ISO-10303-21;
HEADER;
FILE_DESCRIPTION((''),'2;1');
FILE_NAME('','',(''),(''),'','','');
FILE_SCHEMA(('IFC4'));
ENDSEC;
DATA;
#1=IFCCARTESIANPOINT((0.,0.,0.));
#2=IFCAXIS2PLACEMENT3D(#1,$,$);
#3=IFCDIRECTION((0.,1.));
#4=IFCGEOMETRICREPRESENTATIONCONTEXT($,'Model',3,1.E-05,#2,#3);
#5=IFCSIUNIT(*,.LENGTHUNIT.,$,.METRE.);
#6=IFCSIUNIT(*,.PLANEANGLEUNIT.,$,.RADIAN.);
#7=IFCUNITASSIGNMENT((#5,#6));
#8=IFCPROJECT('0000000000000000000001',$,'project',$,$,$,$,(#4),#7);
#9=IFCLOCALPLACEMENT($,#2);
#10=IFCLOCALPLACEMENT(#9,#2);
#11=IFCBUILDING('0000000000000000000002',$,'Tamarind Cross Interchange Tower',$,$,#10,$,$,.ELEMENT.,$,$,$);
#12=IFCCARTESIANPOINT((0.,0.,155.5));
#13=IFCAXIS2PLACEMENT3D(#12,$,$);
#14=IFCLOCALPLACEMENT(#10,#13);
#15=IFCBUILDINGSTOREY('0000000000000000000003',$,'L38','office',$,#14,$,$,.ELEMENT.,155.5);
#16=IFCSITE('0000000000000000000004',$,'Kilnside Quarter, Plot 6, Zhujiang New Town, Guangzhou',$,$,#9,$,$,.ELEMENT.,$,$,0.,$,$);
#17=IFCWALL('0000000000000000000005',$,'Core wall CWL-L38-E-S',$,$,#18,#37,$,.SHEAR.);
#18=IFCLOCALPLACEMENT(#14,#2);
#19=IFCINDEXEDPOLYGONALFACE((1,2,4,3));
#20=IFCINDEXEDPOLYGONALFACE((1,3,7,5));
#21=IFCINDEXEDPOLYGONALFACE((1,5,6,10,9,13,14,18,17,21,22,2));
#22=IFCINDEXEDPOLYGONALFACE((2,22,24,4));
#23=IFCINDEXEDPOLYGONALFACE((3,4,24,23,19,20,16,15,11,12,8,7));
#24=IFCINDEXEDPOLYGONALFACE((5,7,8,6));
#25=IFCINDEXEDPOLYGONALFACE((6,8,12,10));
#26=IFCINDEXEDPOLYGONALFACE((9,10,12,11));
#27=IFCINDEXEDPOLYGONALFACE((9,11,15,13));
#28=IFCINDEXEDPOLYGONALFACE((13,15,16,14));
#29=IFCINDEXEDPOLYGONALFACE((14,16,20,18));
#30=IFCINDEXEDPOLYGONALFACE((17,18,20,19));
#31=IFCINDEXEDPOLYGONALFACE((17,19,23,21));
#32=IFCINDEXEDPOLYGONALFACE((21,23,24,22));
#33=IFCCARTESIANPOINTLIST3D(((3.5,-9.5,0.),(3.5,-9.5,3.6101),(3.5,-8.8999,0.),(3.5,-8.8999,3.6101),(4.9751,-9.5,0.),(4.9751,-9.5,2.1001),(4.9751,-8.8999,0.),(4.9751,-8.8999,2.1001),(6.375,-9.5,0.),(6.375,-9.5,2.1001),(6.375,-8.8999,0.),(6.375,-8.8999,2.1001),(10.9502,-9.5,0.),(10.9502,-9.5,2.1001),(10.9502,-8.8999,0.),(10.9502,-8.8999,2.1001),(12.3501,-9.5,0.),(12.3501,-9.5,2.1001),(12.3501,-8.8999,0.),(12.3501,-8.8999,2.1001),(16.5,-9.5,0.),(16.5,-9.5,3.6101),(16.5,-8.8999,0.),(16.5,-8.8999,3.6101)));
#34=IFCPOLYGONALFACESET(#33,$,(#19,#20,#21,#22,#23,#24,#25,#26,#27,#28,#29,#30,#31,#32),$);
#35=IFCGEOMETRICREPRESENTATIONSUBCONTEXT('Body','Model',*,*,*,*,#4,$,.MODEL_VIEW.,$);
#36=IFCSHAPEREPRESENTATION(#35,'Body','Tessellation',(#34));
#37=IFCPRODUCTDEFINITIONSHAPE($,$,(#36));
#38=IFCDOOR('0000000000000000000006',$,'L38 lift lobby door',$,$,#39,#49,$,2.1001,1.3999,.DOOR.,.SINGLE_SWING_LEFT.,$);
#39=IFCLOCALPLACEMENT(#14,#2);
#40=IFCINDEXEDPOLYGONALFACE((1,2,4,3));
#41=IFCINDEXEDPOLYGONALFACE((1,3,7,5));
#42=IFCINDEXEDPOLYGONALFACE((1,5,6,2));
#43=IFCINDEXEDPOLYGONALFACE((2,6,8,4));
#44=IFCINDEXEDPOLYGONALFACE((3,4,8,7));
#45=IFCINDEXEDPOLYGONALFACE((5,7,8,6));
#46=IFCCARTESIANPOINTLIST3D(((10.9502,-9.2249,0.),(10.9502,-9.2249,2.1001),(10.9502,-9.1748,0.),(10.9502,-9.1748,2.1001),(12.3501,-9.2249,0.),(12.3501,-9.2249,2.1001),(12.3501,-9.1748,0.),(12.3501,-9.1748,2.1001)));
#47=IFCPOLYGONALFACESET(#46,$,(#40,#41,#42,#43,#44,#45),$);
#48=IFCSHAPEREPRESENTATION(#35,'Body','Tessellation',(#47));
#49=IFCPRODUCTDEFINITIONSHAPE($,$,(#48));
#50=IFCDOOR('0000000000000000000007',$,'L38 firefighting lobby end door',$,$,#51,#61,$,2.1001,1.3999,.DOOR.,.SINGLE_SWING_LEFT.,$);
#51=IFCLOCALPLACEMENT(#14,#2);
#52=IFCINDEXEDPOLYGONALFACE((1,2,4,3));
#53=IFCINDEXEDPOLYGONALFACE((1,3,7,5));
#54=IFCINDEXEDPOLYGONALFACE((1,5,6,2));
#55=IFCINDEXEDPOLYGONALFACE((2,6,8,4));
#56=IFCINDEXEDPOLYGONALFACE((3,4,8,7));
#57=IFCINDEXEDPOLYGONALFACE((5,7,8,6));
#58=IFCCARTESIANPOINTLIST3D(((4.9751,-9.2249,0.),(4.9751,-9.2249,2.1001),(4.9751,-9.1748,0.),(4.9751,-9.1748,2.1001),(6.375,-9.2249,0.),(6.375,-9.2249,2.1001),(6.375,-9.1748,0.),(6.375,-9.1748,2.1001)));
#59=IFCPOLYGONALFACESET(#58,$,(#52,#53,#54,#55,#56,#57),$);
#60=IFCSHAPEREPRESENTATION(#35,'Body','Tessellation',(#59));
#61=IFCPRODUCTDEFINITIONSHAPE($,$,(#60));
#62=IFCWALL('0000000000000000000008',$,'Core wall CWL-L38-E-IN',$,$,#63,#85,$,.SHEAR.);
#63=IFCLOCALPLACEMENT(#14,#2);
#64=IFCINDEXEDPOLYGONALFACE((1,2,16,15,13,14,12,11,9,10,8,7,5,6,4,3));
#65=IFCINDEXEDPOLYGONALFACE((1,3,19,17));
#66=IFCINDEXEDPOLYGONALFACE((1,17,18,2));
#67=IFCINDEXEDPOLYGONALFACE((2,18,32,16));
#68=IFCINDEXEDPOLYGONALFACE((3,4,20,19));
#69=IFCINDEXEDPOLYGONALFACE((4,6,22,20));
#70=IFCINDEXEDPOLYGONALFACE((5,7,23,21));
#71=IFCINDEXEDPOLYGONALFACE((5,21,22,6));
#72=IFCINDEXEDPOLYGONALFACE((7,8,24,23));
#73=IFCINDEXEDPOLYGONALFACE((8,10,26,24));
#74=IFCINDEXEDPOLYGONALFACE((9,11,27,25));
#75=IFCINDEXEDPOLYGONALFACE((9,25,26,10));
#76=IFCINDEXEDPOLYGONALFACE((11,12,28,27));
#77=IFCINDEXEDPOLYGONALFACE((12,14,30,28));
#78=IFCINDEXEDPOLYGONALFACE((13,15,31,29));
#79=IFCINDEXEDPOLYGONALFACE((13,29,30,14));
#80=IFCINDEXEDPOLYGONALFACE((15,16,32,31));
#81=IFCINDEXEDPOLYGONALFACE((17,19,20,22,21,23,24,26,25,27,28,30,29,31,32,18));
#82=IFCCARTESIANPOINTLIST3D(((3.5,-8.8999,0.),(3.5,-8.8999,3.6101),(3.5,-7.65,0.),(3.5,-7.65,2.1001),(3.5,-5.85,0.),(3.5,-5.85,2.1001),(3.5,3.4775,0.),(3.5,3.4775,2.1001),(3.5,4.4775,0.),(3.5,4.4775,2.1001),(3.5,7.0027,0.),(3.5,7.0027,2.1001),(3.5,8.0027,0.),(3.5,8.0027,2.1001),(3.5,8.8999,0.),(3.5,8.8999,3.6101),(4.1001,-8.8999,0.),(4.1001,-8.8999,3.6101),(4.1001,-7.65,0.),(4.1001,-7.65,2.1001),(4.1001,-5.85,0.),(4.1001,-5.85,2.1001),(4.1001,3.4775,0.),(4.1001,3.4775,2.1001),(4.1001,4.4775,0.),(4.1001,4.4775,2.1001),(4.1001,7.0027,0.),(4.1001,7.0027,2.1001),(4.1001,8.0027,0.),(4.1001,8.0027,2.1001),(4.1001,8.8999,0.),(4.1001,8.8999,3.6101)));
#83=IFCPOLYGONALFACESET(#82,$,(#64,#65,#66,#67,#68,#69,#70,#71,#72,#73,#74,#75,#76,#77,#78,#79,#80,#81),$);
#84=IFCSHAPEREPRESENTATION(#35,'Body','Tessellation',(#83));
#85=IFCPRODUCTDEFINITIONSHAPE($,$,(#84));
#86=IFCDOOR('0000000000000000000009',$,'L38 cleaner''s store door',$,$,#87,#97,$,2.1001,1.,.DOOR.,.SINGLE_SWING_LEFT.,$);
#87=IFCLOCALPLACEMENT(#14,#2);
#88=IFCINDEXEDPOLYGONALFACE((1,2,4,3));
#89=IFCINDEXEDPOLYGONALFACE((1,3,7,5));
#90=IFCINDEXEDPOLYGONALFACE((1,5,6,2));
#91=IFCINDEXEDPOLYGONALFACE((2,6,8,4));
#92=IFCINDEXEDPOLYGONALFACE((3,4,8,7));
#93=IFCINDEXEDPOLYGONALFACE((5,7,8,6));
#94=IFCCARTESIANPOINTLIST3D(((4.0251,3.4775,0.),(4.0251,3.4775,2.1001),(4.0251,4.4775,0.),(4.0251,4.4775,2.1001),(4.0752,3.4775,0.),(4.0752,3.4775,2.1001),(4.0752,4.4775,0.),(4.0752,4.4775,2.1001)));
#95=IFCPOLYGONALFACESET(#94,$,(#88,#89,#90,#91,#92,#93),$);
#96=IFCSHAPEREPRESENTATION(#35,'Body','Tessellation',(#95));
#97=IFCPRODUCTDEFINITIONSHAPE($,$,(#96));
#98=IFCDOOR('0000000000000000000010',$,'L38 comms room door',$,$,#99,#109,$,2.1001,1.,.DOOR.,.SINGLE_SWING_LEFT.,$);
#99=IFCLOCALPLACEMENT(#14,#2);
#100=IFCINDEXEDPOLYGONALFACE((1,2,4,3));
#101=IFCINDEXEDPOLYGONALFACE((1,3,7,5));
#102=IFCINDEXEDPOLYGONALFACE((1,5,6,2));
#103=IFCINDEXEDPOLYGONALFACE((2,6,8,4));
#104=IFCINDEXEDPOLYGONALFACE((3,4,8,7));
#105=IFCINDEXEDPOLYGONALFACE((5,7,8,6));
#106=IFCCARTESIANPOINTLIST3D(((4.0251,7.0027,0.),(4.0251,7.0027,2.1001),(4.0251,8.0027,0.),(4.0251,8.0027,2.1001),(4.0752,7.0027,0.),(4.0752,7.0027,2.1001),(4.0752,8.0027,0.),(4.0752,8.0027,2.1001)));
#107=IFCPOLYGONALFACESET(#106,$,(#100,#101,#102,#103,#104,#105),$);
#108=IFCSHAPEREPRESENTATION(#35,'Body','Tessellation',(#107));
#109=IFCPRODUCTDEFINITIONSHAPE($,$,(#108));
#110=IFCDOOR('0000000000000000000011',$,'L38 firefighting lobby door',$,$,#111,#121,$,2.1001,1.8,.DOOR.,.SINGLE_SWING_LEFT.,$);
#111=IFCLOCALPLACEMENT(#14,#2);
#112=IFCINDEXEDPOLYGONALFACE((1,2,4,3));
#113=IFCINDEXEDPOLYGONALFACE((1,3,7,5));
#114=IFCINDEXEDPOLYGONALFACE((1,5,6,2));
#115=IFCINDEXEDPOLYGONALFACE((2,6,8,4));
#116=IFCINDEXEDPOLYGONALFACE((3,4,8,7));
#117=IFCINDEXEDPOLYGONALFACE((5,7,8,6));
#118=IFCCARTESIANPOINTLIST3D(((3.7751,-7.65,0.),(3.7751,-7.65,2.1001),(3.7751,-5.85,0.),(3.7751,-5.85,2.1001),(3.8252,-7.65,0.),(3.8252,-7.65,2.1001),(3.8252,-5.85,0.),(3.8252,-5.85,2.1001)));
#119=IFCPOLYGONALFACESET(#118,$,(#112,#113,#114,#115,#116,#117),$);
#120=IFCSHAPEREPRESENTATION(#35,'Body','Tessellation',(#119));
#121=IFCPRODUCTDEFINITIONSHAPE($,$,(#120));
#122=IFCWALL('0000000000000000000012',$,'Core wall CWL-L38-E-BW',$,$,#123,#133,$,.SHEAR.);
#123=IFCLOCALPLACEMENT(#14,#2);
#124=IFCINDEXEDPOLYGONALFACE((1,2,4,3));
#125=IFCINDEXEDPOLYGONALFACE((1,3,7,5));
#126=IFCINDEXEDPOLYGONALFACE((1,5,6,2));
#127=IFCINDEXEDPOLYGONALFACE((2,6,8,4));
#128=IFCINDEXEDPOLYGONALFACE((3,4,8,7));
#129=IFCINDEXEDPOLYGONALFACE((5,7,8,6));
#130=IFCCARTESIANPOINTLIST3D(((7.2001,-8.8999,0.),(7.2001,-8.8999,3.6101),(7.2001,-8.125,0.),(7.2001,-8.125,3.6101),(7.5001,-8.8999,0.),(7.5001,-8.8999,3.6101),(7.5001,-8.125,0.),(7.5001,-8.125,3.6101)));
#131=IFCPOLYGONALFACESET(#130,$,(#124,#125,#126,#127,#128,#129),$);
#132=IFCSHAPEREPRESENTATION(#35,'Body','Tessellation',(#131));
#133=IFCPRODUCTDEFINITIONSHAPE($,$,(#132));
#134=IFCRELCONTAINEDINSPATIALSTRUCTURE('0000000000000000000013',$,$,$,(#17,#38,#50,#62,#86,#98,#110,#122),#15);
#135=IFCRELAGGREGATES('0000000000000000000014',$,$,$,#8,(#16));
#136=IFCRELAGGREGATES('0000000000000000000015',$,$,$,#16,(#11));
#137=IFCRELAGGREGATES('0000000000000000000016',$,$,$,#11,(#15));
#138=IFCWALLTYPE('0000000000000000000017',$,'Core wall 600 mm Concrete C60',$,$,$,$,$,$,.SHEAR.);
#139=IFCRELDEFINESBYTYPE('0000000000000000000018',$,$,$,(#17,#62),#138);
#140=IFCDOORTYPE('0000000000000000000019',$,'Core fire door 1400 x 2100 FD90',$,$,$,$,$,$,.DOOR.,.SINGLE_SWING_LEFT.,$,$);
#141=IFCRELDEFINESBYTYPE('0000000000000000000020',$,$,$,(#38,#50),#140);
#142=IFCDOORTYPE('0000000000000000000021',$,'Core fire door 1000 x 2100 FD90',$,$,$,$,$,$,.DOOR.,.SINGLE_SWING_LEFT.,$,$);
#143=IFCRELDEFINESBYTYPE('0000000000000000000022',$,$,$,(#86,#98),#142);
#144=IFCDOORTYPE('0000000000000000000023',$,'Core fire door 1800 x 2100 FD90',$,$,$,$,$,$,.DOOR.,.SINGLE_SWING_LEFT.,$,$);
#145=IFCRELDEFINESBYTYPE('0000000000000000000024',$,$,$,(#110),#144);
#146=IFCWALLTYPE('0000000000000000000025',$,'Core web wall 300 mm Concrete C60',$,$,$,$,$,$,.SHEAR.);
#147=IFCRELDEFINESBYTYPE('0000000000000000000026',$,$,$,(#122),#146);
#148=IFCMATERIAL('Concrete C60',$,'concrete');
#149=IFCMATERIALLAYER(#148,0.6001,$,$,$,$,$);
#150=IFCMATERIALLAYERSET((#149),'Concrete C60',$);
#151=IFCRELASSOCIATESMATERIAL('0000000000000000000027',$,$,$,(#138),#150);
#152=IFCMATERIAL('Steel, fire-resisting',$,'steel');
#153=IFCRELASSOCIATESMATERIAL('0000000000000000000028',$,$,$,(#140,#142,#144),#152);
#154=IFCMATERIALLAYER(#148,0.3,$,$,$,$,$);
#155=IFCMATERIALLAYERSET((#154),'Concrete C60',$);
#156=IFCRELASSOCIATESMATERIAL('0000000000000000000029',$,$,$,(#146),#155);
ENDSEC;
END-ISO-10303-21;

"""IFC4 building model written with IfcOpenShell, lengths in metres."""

from ifc_helpers import new_model, si_unit, direction, frame, frame_2d, origin, place, context, subcontext, project, spatial, rectangle, extrude, material, layer, layer_set, type_object, element, fill, save


model = new_model("IFC4")

# Units and contexts
model_context = context("Model", 3, precision=1e-05, world=origin(), true_north=direction((0.0, 1.0)))
body_context = subcontext(model_context, "Body", "Model", "MODEL_VIEW")
ifc_project = project(units=[si_unit("LENGTHUNIT", "METRE"), si_unit("PLANEANGLEUNIT", "RADIAN")], contexts=[model_context])

# Site, building, storey
site_placement = place(None, origin())
site = spatial("IfcSite", under=ifc_project, at=site_placement, Name="Kilnside Quarter, Plot 6, Zhujiang New Town, Guangzhou", CompositionType="ELEMENT", RefElevation=0.0)
building_placement = place(site_placement, origin())
building = spatial("IfcBuilding", under=site, at=building_placement, Name="Tamarind Cross Interchange Tower", CompositionType="ELEMENT")
storey_placement = place(building_placement, frame((0.0, 0.0, 155.5)))
storey = spatial("IfcBuildingStorey", under=building, at=storey_placement, Name="L38", Description="office", CompositionType="ELEMENT", Elevation=155.5)

# Walls, openings, doors
ifc_material_1 = material(Name="Concrete C60", Category="concrete")
ifc_layer_1 = layer(ifc_material_1, 0.6001)
ifc_layer_set_1 = layer_set([ifc_layer_1], Name="Concrete C60")
wall_type_1 = type_object("IfcWallType", Name="Core wall 600 mm Concrete C60", PredefinedType="SHEAR", material=ifc_layer_set_1)
wall_1_placement = place(storey_placement, frame((16.5, -9.2, 0.0), z_axis=(0.0, 0.0, 1.0), x_axis=(-1.0, 0.0, 0.0)))
wall_1 = element("IfcWall", 1, at=wall_1_placement, inside=storey, type_object=wall_type_1, Name="Core wall CWL-L38-E-S", PredefinedType="SHEAR", context=body_context, shape_type="SweptSolid", body=[
    extrude(rectangle(XDim=13.0, YDim=0.6001, at=frame_2d((6.5, 0.0))), origin(), (0.0, 0.0, 1.0), 3.6101),
])
opening_1_placement = place(wall_1_placement, frame((4.1499, 0.0, 0.0)))
opening_1 = element("IfcOpeningElement", 2, at=opening_1_placement, cuts=wall_1, PredefinedType="OPENING", context=body_context, shape_type="SweptSolid", body=[
    extrude(rectangle(XDim=1.3999, YDim=2.1001, at=frame_2d((0.7, 1.05))), frame((0.0, 0.3101, 0.0), z_axis=(0.0, -1.0, 0.0), x_axis=(1.0, 0.0, 0.0)), (0.0, 0.0, 1.0), 0.6201),
])
opening_2_placement = place(wall_1_placement, frame((10.125, 0.0, 0.0)))
opening_2 = element("IfcOpeningElement", 3, at=opening_2_placement, cuts=wall_1, PredefinedType="OPENING", context=body_context, shape_type="SweptSolid", body=[
    extrude(rectangle(XDim=1.3999, YDim=2.1001, at=frame_2d((0.7, 1.05))), frame((0.0, 0.3101, 0.0), z_axis=(0.0, -1.0, 0.0), x_axis=(1.0, 0.0, 0.0)), (0.0, 0.0, 1.0), 0.6201),
])
ifc_material_2 = material(Name="Steel, fire-resisting", Category="steel")
door_type_1 = type_object("IfcDoorType", Name="Core fire door 1400 x 2100 FD90", OperationType="SINGLE_SWING_LEFT", PredefinedType="DOOR", material=ifc_material_2)
door_1_placement = place(opening_1_placement, origin())
door_1 = element("IfcDoor", 4, at=door_1_placement, inside=storey, type_object=door_type_1, Name="L38 lift lobby door", OperationType="SINGLE_SWING_LEFT", OverallHeight=2.1001, OverallWidth=1.3999, PredefinedType="DOOR", context=body_context, shape_type="SweptSolid", body=[
    extrude(rectangle(XDim=1.3999, YDim=2.1001, at=frame_2d((0.7, 1.05))), frame((0.0, 0.0249, 0.0), z_axis=(0.0, -1.0, 0.0), x_axis=(1.0, 0.0, 0.0)), (0.0, 0.0, 1.0), 0.05),
])
fill(opening_1, door_1)
door_2_placement = place(opening_2_placement, origin())
door_2 = element("IfcDoor", 5, at=door_2_placement, inside=storey, type_object=door_type_1, Name="L38 firefighting lobby end door", OperationType="SINGLE_SWING_LEFT", OverallHeight=2.1001, OverallWidth=1.3999, PredefinedType="DOOR", context=body_context, shape_type="SweptSolid", body=[
    extrude(rectangle(XDim=1.3999, YDim=2.1001, at=frame_2d((0.7, 1.05))), frame((0.0, 0.0249, 0.0), z_axis=(0.0, -1.0, 0.0), x_axis=(1.0, 0.0, 0.0)), (0.0, 0.0, 1.0), 0.05),
])
fill(opening_2, door_2)
wall_2_placement = place(storey_placement, frame((3.8, -8.8999, 0.0), z_axis=(0.0, 0.0, 1.0), x_axis=(0.0, 1.0, 0.0)))
wall_2 = element("IfcWall", 6, at=wall_2_placement, inside=storey, type_object=wall_type_1, Name="Core wall CWL-L38-E-IN", PredefinedType="SHEAR", context=body_context, shape_type="SweptSolid", body=[
    extrude(rectangle(XDim=17.7998, YDim=0.6001, at=frame_2d((8.8999, 0.0))), origin(), (0.0, 0.0, 1.0), 3.6101),
])
opening_3_placement = place(wall_2_placement, frame((1.25, 0.0, 0.0)))
opening_3 = element("IfcOpeningElement", 7, at=opening_3_placement, cuts=wall_2, PredefinedType="OPENING", context=body_context, shape_type="SweptSolid", body=[
    extrude(rectangle(XDim=1.8, YDim=2.1001, at=frame_2d((0.8999, 1.05))), frame((0.0, 0.3101, 0.0), z_axis=(0.0, -1.0, 0.0), x_axis=(1.0, 0.0, 0.0)), (0.0, 0.0, 1.0), 0.6201),
])
opening_4_placement = place(wall_2_placement, frame((12.3774, 0.0, 0.0)))
opening_4 = element("IfcOpeningElement", 8, at=opening_4_placement, cuts=wall_2, PredefinedType="OPENING", context=body_context, shape_type="SweptSolid", body=[
    extrude(rectangle(XDim=1.0, YDim=2.1001, at=frame_2d((0.5, 1.05))), frame((0.0, 0.3101, 0.0), z_axis=(0.0, -1.0, 0.0), x_axis=(1.0, 0.0, 0.0)), (0.0, 0.0, 1.0), 0.6201),
])
opening_5_placement = place(wall_2_placement, frame((15.9026, 0.0, 0.0)))
opening_5 = element("IfcOpeningElement", 9, at=opening_5_placement, cuts=wall_2, PredefinedType="OPENING", context=body_context, shape_type="SweptSolid", body=[
    extrude(rectangle(XDim=1.0, YDim=2.1001, at=frame_2d((0.5, 1.05))), frame((0.0, 0.3101, 0.0), z_axis=(0.0, -1.0, 0.0), x_axis=(1.0, 0.0, 0.0)), (0.0, 0.0, 1.0), 0.6201),
])
door_type_2 = type_object("IfcDoorType", Name="Core fire door 1000 x 2100 FD90", OperationType="SINGLE_SWING_LEFT", PredefinedType="DOOR", material=ifc_material_2)
door_3_placement = place(opening_4_placement, origin())
door_3 = element("IfcDoor", 10, at=door_3_placement, inside=storey, type_object=door_type_2, Name="L38 cleaner's store door", OperationType="SINGLE_SWING_LEFT", OverallHeight=2.1001, OverallWidth=1.0, PredefinedType="DOOR", context=body_context, shape_type="SweptSolid", body=[
    extrude(rectangle(XDim=1.0, YDim=2.1001, at=frame_2d((0.5, 1.05))), frame((0.0, -0.2251, 0.0), z_axis=(0.0, -1.0, 0.0), x_axis=(1.0, 0.0, 0.0)), (0.0, 0.0, 1.0), 0.05),
])
fill(opening_4, door_3)
door_4_placement = place(opening_5_placement, origin())
door_4 = element("IfcDoor", 11, at=door_4_placement, inside=storey, type_object=door_type_2, Name="L38 comms room door", OperationType="SINGLE_SWING_LEFT", OverallHeight=2.1001, OverallWidth=1.0, PredefinedType="DOOR", context=body_context, shape_type="SweptSolid", body=[
    extrude(rectangle(XDim=1.0, YDim=2.1001, at=frame_2d((0.5, 1.05))), frame((0.0, -0.2251, 0.0), z_axis=(0.0, -1.0, 0.0), x_axis=(1.0, 0.0, 0.0)), (0.0, 0.0, 1.0), 0.05),
])
fill(opening_5, door_4)
door_type_3 = type_object("IfcDoorType", Name="Core fire door 1800 x 2100 FD90", OperationType="SINGLE_SWING_LEFT", PredefinedType="DOOR", material=ifc_material_2)
door_5_placement = place(opening_3_placement, origin())
door_5 = element("IfcDoor", 12, at=door_5_placement, inside=storey, type_object=door_type_3, Name="L38 firefighting lobby door", OperationType="SINGLE_SWING_LEFT", OverallHeight=2.1001, OverallWidth=1.8, PredefinedType="DOOR", context=body_context, shape_type="SweptSolid", body=[
    extrude(rectangle(XDim=1.8, YDim=2.1001, at=frame_2d((0.8999, 1.05))), frame((0.0, 0.0249, 0.0), z_axis=(0.0, -1.0, 0.0), x_axis=(1.0, 0.0, 0.0)), (0.0, 0.0, 1.0), 0.05),
])
fill(opening_3, door_5)

# Wall
ifc_layer_2 = layer(ifc_material_1, 0.3)
ifc_layer_set_2 = layer_set([ifc_layer_2], Name="Concrete C60")
wall_type_2 = type_object("IfcWallType", Name="Core web wall 300 mm Concrete C60", PredefinedType="SHEAR", material=ifc_layer_set_2)
wall_3_placement = place(storey_placement, frame((7.3501, -8.8999, 0.0), z_axis=(0.0, 0.0, 1.0), x_axis=(0.0, 1.0, 0.0)))
element("IfcWall", 13, at=wall_3_placement, inside=storey, type_object=wall_type_2, Name="Core wall CWL-L38-E-BW", PredefinedType="SHEAR", context=body_context, shape_type="SweptSolid", body=[
    extrude(rectangle(XDim=0.7749, YDim=0.3, at=frame_2d((0.3875, 0.0))), origin(), (0.0, 0.0, 1.0), 3.6101),
])

save(model, "model.ifc")
